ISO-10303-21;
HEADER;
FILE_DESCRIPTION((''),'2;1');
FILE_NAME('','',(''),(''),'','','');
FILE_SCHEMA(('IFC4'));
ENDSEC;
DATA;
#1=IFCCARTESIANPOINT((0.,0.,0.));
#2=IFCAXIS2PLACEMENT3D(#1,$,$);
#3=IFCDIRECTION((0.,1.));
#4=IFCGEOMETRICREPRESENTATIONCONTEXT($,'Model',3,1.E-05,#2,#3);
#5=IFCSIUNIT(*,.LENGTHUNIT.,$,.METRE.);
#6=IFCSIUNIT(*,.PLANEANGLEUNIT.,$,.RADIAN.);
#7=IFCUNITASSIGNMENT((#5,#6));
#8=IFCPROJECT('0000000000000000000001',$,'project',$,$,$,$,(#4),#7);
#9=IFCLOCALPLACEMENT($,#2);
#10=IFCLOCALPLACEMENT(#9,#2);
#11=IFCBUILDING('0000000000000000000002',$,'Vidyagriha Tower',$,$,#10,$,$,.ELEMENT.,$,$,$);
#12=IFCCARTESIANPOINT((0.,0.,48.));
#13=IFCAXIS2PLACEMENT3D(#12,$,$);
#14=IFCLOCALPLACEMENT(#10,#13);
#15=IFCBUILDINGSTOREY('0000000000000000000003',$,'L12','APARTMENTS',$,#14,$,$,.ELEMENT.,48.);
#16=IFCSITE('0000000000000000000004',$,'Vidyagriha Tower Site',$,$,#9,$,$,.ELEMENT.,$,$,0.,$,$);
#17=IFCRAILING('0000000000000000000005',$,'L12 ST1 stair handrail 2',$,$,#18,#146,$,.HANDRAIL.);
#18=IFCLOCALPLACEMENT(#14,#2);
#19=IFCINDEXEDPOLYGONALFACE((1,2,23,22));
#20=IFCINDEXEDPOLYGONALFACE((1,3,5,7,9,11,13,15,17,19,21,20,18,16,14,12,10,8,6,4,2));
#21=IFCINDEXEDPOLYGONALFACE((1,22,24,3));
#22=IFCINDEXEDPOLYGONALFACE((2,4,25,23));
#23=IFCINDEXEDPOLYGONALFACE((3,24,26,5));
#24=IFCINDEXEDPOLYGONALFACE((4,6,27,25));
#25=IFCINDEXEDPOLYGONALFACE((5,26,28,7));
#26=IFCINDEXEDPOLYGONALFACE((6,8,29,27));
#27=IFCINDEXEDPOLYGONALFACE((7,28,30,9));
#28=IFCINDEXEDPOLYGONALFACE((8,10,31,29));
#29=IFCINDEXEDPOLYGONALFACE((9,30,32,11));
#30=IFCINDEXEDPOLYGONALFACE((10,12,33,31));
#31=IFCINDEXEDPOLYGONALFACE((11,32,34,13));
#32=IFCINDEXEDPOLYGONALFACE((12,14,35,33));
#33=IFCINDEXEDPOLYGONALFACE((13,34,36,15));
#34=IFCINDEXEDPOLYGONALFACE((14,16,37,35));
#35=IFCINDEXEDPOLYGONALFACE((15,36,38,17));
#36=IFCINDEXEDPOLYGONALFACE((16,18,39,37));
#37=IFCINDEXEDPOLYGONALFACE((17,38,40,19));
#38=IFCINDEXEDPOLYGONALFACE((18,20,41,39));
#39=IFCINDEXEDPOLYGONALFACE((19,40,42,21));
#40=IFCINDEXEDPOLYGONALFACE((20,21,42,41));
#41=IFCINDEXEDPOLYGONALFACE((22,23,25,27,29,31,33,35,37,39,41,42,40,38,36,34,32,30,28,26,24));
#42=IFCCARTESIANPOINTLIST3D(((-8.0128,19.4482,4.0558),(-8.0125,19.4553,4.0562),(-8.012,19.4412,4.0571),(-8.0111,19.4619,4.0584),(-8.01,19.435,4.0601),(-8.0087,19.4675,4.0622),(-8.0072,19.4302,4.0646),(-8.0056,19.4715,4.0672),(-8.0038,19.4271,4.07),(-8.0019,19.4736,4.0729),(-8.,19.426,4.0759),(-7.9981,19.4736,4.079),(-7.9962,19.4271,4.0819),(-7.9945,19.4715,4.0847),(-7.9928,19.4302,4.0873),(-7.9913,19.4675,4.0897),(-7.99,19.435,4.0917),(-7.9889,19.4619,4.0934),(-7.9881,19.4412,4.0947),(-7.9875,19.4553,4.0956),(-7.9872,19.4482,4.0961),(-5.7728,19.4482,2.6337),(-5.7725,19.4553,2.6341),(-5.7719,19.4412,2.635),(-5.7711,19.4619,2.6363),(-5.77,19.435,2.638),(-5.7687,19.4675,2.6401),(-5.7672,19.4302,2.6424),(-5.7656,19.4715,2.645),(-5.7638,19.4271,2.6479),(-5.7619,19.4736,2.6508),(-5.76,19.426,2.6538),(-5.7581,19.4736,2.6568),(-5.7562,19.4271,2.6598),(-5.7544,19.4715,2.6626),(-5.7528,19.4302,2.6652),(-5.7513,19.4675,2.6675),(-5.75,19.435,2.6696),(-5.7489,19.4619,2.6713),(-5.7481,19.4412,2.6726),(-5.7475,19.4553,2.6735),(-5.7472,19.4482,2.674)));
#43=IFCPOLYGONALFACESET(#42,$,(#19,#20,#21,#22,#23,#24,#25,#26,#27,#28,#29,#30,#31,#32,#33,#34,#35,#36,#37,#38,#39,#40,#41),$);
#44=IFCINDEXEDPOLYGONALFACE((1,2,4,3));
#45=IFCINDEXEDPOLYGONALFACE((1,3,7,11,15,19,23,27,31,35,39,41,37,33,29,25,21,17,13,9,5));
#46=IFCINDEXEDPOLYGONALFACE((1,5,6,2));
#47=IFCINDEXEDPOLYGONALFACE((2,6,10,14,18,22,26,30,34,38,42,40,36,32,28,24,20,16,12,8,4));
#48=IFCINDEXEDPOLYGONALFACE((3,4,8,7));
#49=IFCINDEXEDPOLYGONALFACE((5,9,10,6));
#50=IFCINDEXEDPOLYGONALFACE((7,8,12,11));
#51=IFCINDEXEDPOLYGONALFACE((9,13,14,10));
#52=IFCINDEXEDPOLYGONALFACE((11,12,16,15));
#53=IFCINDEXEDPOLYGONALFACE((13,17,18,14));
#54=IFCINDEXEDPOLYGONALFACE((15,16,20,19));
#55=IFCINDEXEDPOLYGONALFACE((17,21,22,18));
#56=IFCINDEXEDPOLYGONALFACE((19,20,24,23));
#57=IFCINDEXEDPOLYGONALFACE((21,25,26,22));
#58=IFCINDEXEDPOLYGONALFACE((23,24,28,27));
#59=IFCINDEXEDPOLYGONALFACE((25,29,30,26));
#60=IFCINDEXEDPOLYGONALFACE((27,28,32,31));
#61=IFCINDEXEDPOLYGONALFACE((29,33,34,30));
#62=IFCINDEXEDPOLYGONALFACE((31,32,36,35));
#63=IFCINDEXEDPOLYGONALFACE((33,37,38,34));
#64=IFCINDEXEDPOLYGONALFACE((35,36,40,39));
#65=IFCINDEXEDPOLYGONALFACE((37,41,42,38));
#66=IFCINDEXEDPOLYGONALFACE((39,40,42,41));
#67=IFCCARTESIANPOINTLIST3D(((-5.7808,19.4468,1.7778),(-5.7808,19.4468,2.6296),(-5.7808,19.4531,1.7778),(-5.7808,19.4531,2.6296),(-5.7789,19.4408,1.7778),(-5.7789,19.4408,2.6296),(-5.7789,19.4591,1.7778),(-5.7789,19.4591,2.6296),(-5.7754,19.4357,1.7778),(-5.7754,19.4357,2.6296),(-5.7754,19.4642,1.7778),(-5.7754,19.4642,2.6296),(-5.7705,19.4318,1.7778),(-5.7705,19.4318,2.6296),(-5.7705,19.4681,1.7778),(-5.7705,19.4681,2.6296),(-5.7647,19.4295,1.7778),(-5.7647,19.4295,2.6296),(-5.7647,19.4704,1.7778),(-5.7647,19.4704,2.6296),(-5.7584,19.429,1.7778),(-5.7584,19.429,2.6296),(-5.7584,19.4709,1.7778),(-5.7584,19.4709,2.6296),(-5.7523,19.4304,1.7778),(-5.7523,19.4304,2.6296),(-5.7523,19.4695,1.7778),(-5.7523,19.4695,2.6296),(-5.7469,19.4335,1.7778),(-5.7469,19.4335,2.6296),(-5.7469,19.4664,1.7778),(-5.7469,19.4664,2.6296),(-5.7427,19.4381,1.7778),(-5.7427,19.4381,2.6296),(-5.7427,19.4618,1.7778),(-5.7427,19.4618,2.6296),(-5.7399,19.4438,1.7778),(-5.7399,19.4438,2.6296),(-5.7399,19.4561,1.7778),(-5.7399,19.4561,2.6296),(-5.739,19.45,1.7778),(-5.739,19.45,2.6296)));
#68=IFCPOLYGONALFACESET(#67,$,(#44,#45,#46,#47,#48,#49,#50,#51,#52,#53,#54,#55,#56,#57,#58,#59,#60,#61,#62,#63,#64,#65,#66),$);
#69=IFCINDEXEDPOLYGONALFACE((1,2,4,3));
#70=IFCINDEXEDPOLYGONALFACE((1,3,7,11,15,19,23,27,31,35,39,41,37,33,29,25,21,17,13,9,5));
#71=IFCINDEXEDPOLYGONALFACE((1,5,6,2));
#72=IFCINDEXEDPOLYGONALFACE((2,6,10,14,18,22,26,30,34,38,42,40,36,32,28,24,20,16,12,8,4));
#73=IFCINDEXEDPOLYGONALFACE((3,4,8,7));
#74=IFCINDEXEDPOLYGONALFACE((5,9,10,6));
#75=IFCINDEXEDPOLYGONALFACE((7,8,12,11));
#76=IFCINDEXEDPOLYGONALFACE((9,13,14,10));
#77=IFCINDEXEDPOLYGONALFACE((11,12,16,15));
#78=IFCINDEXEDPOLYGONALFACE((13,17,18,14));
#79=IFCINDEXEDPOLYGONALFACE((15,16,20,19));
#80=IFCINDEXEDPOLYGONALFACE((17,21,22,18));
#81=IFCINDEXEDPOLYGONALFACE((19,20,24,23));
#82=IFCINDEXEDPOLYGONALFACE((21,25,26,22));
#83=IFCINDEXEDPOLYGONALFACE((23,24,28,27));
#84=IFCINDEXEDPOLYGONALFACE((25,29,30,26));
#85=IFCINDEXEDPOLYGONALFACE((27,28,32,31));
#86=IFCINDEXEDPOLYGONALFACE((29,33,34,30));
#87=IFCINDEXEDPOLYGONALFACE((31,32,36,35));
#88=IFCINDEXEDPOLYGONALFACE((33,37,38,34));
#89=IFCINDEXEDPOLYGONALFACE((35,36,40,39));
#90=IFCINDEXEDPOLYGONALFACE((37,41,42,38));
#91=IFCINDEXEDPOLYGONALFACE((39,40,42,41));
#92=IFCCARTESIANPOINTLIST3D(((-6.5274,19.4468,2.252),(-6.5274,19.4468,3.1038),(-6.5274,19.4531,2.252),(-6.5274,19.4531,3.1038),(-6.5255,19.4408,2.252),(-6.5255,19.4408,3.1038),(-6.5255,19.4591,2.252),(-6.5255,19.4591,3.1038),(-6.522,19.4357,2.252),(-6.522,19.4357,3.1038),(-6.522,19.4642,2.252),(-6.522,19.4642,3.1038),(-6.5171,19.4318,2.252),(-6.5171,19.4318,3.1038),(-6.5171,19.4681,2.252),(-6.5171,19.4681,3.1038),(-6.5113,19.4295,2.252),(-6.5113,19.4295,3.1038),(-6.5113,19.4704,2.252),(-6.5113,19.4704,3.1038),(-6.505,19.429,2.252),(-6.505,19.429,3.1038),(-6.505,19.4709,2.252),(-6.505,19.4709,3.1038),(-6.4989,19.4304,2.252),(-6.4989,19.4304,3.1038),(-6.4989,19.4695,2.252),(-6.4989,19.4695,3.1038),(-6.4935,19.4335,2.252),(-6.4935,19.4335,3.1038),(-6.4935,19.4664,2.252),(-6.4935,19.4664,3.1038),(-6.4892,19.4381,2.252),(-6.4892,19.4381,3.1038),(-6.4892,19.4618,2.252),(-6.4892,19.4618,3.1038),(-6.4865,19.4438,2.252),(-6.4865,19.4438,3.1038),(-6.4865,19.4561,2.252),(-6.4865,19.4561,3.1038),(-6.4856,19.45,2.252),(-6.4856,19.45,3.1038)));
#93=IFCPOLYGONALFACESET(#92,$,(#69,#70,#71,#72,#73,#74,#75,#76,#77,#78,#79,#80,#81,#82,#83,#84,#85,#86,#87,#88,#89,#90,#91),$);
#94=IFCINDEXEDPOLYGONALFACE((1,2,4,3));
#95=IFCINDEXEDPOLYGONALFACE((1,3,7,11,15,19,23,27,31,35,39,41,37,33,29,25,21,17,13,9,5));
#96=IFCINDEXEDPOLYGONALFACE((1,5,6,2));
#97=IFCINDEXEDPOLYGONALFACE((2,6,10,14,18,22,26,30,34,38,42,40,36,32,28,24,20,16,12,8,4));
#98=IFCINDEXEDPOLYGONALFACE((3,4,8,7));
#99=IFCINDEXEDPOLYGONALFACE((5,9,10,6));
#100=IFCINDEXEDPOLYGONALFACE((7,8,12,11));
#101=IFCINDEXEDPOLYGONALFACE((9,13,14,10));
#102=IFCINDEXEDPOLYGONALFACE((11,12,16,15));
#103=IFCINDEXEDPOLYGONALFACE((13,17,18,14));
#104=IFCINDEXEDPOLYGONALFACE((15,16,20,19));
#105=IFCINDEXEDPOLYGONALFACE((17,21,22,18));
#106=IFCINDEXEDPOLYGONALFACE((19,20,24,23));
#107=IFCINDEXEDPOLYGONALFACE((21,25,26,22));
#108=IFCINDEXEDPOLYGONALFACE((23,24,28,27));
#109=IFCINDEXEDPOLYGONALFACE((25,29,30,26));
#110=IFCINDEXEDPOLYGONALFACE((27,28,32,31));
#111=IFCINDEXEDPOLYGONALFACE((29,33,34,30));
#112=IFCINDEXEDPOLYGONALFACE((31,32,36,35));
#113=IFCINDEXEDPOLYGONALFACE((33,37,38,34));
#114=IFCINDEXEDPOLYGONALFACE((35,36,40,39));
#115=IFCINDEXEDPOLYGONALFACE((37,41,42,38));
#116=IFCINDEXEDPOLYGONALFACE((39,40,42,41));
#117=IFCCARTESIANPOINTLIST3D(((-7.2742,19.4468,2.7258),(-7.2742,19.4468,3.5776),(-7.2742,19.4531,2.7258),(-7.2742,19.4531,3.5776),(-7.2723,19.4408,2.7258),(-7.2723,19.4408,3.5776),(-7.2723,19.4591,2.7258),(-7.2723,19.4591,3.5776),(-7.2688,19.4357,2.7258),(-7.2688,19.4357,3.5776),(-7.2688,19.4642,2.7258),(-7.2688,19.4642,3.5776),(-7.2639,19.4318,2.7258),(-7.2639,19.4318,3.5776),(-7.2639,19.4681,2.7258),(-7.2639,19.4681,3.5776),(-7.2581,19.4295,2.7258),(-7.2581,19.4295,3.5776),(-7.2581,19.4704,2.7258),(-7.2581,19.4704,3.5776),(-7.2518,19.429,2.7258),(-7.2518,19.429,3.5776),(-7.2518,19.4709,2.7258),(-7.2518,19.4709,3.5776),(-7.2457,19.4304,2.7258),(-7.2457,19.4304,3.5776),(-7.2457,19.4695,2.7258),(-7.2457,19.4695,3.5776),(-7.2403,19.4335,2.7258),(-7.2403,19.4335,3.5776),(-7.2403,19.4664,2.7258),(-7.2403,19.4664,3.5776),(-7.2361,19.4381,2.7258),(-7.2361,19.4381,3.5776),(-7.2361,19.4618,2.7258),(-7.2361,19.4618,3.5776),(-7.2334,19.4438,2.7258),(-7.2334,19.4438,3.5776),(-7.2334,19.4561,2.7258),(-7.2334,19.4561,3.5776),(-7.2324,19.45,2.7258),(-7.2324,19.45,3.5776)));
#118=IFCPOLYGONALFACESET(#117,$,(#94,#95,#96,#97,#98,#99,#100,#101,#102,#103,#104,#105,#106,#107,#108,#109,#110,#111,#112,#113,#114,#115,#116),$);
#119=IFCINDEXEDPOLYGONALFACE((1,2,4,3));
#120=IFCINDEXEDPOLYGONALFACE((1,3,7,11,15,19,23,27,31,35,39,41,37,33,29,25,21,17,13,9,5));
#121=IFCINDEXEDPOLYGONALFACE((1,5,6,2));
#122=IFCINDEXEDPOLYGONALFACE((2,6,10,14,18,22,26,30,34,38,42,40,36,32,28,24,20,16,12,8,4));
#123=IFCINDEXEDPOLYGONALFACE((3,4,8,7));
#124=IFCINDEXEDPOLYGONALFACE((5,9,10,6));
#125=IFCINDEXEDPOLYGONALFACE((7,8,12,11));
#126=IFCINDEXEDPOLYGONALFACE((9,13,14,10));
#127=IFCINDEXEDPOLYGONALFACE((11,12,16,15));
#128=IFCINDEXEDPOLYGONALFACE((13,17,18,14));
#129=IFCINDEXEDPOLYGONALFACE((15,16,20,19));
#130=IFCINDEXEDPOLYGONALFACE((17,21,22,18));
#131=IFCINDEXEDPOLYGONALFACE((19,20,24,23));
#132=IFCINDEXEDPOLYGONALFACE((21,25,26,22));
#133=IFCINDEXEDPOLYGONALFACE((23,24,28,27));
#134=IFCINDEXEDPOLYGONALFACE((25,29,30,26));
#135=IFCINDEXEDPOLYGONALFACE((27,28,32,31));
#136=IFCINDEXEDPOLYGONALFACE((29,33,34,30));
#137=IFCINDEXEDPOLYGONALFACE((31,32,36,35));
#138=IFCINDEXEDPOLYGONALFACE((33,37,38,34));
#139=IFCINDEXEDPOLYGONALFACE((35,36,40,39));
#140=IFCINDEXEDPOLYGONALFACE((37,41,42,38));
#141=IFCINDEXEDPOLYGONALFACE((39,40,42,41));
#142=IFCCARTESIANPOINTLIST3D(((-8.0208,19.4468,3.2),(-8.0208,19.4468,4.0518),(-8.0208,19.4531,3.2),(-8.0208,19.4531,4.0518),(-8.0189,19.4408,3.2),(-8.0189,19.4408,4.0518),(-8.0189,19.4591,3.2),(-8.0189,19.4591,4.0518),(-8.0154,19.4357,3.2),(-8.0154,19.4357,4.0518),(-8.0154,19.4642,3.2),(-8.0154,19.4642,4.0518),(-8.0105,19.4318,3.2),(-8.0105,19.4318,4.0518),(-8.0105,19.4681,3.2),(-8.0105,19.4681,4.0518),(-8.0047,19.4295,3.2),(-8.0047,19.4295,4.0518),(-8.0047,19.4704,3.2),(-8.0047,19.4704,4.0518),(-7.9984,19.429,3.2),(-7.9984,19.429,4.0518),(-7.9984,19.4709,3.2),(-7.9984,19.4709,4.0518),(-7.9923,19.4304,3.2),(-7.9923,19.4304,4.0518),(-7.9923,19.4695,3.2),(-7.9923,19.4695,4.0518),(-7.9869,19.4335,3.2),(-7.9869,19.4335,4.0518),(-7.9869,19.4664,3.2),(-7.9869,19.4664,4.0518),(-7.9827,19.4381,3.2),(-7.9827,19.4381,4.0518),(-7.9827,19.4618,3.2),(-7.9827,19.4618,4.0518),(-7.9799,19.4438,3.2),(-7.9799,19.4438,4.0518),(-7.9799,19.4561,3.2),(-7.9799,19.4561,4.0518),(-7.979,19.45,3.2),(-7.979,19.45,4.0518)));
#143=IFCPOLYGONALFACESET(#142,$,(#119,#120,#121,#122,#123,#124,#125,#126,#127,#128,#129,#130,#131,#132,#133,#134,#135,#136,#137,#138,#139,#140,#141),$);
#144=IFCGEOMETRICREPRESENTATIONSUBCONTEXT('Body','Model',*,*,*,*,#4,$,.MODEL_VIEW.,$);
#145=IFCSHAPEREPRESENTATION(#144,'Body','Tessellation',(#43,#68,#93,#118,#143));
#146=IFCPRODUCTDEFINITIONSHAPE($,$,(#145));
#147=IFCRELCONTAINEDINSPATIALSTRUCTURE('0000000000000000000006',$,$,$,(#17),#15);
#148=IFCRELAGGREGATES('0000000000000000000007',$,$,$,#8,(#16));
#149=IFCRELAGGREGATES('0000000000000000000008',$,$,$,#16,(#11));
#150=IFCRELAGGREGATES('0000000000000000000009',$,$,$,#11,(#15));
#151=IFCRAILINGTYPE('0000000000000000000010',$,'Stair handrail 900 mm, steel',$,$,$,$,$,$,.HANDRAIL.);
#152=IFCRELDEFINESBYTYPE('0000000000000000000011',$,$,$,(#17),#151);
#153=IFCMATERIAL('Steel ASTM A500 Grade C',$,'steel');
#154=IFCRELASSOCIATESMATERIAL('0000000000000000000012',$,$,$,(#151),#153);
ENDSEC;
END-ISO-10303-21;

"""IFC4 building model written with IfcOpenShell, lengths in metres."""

from ifc_helpers import new_model, si_unit, direction, frame, origin, origin_2d, place, context, subcontext, project, spatial, circle, extrude, material, type_object, element, save


model = new_model("IFC4")

# Units and contexts
model_context = context("Model", 3, precision=1e-05, world=origin(), true_north=direction((0.0, 1.0)))
body_context = subcontext(model_context, "Body", "Model", "MODEL_VIEW")
ifc_project = project(units=[si_unit("LENGTHUNIT", "METRE"), si_unit("PLANEANGLEUNIT", "RADIAN")], contexts=[model_context])

# Site, building, storey
site_placement = place(None, origin())
site = spatial("IfcSite", under=ifc_project, at=site_placement, Name="Vidyagriha Tower Site", CompositionType="ELEMENT", RefElevation=0.0)
building_placement = place(site_placement, origin())
building = spatial("IfcBuilding", under=site, at=building_placement, Name="Vidyagriha Tower", CompositionType="ELEMENT")
storey_placement = place(building_placement, frame((0.0, 0.0, 48.0)))
storey = spatial("IfcBuildingStorey", under=building, at=storey_placement, Name="L12", Description="APARTMENTS", CompositionType="ELEMENT", Elevation=48.0)

# Railing
ifc_material_1 = material(Name="Steel ASTM A500 Grade C", Category="steel")
railing_type_1 = type_object("IfcRailingType", Name="Stair handrail 900 mm, steel", PredefinedType="HANDRAIL", material=ifc_material_1)
railing_1_placement = place(storey_placement, frame((-5.76, 19.45, 1.7778)))
element("IfcRailing", 1, at=railing_1_placement, inside=storey, type_object=railing_type_1, Name="L12 ST1 stair handrail 2", PredefinedType="HANDRAIL", context=body_context, shape_type="SweptSolid", body=[
    extrude(circle(Radius=0.0239, at=origin_2d()), frame((0.0, 0.0, 0.876), z_axis=(-0.844229, 0.0, 0.535982), x_axis=(0.0, -1.0, 0.0)), (0.0, 0.0, 1.0), 2.6533),
    extrude(circle(Radius=0.021, at=origin_2d()), origin(), (0.0, 0.0, 1.0), 0.8518),
    extrude(circle(Radius=0.021, at=origin_2d()), frame((-0.7466, 0.0, 0.4741)), (0.0, 0.0, 1.0), 0.8518),
    extrude(circle(Radius=0.021, at=origin_2d()), frame((-1.4934, 0.0, 0.948)), (0.0, 0.0, 1.0), 0.8518),
    extrude(circle(Radius=0.021, at=origin_2d()), frame((-2.24, 0.0, 1.4221)), (0.0, 0.0, 1.0), 0.8518),
])

save(model, "model.ifc")
